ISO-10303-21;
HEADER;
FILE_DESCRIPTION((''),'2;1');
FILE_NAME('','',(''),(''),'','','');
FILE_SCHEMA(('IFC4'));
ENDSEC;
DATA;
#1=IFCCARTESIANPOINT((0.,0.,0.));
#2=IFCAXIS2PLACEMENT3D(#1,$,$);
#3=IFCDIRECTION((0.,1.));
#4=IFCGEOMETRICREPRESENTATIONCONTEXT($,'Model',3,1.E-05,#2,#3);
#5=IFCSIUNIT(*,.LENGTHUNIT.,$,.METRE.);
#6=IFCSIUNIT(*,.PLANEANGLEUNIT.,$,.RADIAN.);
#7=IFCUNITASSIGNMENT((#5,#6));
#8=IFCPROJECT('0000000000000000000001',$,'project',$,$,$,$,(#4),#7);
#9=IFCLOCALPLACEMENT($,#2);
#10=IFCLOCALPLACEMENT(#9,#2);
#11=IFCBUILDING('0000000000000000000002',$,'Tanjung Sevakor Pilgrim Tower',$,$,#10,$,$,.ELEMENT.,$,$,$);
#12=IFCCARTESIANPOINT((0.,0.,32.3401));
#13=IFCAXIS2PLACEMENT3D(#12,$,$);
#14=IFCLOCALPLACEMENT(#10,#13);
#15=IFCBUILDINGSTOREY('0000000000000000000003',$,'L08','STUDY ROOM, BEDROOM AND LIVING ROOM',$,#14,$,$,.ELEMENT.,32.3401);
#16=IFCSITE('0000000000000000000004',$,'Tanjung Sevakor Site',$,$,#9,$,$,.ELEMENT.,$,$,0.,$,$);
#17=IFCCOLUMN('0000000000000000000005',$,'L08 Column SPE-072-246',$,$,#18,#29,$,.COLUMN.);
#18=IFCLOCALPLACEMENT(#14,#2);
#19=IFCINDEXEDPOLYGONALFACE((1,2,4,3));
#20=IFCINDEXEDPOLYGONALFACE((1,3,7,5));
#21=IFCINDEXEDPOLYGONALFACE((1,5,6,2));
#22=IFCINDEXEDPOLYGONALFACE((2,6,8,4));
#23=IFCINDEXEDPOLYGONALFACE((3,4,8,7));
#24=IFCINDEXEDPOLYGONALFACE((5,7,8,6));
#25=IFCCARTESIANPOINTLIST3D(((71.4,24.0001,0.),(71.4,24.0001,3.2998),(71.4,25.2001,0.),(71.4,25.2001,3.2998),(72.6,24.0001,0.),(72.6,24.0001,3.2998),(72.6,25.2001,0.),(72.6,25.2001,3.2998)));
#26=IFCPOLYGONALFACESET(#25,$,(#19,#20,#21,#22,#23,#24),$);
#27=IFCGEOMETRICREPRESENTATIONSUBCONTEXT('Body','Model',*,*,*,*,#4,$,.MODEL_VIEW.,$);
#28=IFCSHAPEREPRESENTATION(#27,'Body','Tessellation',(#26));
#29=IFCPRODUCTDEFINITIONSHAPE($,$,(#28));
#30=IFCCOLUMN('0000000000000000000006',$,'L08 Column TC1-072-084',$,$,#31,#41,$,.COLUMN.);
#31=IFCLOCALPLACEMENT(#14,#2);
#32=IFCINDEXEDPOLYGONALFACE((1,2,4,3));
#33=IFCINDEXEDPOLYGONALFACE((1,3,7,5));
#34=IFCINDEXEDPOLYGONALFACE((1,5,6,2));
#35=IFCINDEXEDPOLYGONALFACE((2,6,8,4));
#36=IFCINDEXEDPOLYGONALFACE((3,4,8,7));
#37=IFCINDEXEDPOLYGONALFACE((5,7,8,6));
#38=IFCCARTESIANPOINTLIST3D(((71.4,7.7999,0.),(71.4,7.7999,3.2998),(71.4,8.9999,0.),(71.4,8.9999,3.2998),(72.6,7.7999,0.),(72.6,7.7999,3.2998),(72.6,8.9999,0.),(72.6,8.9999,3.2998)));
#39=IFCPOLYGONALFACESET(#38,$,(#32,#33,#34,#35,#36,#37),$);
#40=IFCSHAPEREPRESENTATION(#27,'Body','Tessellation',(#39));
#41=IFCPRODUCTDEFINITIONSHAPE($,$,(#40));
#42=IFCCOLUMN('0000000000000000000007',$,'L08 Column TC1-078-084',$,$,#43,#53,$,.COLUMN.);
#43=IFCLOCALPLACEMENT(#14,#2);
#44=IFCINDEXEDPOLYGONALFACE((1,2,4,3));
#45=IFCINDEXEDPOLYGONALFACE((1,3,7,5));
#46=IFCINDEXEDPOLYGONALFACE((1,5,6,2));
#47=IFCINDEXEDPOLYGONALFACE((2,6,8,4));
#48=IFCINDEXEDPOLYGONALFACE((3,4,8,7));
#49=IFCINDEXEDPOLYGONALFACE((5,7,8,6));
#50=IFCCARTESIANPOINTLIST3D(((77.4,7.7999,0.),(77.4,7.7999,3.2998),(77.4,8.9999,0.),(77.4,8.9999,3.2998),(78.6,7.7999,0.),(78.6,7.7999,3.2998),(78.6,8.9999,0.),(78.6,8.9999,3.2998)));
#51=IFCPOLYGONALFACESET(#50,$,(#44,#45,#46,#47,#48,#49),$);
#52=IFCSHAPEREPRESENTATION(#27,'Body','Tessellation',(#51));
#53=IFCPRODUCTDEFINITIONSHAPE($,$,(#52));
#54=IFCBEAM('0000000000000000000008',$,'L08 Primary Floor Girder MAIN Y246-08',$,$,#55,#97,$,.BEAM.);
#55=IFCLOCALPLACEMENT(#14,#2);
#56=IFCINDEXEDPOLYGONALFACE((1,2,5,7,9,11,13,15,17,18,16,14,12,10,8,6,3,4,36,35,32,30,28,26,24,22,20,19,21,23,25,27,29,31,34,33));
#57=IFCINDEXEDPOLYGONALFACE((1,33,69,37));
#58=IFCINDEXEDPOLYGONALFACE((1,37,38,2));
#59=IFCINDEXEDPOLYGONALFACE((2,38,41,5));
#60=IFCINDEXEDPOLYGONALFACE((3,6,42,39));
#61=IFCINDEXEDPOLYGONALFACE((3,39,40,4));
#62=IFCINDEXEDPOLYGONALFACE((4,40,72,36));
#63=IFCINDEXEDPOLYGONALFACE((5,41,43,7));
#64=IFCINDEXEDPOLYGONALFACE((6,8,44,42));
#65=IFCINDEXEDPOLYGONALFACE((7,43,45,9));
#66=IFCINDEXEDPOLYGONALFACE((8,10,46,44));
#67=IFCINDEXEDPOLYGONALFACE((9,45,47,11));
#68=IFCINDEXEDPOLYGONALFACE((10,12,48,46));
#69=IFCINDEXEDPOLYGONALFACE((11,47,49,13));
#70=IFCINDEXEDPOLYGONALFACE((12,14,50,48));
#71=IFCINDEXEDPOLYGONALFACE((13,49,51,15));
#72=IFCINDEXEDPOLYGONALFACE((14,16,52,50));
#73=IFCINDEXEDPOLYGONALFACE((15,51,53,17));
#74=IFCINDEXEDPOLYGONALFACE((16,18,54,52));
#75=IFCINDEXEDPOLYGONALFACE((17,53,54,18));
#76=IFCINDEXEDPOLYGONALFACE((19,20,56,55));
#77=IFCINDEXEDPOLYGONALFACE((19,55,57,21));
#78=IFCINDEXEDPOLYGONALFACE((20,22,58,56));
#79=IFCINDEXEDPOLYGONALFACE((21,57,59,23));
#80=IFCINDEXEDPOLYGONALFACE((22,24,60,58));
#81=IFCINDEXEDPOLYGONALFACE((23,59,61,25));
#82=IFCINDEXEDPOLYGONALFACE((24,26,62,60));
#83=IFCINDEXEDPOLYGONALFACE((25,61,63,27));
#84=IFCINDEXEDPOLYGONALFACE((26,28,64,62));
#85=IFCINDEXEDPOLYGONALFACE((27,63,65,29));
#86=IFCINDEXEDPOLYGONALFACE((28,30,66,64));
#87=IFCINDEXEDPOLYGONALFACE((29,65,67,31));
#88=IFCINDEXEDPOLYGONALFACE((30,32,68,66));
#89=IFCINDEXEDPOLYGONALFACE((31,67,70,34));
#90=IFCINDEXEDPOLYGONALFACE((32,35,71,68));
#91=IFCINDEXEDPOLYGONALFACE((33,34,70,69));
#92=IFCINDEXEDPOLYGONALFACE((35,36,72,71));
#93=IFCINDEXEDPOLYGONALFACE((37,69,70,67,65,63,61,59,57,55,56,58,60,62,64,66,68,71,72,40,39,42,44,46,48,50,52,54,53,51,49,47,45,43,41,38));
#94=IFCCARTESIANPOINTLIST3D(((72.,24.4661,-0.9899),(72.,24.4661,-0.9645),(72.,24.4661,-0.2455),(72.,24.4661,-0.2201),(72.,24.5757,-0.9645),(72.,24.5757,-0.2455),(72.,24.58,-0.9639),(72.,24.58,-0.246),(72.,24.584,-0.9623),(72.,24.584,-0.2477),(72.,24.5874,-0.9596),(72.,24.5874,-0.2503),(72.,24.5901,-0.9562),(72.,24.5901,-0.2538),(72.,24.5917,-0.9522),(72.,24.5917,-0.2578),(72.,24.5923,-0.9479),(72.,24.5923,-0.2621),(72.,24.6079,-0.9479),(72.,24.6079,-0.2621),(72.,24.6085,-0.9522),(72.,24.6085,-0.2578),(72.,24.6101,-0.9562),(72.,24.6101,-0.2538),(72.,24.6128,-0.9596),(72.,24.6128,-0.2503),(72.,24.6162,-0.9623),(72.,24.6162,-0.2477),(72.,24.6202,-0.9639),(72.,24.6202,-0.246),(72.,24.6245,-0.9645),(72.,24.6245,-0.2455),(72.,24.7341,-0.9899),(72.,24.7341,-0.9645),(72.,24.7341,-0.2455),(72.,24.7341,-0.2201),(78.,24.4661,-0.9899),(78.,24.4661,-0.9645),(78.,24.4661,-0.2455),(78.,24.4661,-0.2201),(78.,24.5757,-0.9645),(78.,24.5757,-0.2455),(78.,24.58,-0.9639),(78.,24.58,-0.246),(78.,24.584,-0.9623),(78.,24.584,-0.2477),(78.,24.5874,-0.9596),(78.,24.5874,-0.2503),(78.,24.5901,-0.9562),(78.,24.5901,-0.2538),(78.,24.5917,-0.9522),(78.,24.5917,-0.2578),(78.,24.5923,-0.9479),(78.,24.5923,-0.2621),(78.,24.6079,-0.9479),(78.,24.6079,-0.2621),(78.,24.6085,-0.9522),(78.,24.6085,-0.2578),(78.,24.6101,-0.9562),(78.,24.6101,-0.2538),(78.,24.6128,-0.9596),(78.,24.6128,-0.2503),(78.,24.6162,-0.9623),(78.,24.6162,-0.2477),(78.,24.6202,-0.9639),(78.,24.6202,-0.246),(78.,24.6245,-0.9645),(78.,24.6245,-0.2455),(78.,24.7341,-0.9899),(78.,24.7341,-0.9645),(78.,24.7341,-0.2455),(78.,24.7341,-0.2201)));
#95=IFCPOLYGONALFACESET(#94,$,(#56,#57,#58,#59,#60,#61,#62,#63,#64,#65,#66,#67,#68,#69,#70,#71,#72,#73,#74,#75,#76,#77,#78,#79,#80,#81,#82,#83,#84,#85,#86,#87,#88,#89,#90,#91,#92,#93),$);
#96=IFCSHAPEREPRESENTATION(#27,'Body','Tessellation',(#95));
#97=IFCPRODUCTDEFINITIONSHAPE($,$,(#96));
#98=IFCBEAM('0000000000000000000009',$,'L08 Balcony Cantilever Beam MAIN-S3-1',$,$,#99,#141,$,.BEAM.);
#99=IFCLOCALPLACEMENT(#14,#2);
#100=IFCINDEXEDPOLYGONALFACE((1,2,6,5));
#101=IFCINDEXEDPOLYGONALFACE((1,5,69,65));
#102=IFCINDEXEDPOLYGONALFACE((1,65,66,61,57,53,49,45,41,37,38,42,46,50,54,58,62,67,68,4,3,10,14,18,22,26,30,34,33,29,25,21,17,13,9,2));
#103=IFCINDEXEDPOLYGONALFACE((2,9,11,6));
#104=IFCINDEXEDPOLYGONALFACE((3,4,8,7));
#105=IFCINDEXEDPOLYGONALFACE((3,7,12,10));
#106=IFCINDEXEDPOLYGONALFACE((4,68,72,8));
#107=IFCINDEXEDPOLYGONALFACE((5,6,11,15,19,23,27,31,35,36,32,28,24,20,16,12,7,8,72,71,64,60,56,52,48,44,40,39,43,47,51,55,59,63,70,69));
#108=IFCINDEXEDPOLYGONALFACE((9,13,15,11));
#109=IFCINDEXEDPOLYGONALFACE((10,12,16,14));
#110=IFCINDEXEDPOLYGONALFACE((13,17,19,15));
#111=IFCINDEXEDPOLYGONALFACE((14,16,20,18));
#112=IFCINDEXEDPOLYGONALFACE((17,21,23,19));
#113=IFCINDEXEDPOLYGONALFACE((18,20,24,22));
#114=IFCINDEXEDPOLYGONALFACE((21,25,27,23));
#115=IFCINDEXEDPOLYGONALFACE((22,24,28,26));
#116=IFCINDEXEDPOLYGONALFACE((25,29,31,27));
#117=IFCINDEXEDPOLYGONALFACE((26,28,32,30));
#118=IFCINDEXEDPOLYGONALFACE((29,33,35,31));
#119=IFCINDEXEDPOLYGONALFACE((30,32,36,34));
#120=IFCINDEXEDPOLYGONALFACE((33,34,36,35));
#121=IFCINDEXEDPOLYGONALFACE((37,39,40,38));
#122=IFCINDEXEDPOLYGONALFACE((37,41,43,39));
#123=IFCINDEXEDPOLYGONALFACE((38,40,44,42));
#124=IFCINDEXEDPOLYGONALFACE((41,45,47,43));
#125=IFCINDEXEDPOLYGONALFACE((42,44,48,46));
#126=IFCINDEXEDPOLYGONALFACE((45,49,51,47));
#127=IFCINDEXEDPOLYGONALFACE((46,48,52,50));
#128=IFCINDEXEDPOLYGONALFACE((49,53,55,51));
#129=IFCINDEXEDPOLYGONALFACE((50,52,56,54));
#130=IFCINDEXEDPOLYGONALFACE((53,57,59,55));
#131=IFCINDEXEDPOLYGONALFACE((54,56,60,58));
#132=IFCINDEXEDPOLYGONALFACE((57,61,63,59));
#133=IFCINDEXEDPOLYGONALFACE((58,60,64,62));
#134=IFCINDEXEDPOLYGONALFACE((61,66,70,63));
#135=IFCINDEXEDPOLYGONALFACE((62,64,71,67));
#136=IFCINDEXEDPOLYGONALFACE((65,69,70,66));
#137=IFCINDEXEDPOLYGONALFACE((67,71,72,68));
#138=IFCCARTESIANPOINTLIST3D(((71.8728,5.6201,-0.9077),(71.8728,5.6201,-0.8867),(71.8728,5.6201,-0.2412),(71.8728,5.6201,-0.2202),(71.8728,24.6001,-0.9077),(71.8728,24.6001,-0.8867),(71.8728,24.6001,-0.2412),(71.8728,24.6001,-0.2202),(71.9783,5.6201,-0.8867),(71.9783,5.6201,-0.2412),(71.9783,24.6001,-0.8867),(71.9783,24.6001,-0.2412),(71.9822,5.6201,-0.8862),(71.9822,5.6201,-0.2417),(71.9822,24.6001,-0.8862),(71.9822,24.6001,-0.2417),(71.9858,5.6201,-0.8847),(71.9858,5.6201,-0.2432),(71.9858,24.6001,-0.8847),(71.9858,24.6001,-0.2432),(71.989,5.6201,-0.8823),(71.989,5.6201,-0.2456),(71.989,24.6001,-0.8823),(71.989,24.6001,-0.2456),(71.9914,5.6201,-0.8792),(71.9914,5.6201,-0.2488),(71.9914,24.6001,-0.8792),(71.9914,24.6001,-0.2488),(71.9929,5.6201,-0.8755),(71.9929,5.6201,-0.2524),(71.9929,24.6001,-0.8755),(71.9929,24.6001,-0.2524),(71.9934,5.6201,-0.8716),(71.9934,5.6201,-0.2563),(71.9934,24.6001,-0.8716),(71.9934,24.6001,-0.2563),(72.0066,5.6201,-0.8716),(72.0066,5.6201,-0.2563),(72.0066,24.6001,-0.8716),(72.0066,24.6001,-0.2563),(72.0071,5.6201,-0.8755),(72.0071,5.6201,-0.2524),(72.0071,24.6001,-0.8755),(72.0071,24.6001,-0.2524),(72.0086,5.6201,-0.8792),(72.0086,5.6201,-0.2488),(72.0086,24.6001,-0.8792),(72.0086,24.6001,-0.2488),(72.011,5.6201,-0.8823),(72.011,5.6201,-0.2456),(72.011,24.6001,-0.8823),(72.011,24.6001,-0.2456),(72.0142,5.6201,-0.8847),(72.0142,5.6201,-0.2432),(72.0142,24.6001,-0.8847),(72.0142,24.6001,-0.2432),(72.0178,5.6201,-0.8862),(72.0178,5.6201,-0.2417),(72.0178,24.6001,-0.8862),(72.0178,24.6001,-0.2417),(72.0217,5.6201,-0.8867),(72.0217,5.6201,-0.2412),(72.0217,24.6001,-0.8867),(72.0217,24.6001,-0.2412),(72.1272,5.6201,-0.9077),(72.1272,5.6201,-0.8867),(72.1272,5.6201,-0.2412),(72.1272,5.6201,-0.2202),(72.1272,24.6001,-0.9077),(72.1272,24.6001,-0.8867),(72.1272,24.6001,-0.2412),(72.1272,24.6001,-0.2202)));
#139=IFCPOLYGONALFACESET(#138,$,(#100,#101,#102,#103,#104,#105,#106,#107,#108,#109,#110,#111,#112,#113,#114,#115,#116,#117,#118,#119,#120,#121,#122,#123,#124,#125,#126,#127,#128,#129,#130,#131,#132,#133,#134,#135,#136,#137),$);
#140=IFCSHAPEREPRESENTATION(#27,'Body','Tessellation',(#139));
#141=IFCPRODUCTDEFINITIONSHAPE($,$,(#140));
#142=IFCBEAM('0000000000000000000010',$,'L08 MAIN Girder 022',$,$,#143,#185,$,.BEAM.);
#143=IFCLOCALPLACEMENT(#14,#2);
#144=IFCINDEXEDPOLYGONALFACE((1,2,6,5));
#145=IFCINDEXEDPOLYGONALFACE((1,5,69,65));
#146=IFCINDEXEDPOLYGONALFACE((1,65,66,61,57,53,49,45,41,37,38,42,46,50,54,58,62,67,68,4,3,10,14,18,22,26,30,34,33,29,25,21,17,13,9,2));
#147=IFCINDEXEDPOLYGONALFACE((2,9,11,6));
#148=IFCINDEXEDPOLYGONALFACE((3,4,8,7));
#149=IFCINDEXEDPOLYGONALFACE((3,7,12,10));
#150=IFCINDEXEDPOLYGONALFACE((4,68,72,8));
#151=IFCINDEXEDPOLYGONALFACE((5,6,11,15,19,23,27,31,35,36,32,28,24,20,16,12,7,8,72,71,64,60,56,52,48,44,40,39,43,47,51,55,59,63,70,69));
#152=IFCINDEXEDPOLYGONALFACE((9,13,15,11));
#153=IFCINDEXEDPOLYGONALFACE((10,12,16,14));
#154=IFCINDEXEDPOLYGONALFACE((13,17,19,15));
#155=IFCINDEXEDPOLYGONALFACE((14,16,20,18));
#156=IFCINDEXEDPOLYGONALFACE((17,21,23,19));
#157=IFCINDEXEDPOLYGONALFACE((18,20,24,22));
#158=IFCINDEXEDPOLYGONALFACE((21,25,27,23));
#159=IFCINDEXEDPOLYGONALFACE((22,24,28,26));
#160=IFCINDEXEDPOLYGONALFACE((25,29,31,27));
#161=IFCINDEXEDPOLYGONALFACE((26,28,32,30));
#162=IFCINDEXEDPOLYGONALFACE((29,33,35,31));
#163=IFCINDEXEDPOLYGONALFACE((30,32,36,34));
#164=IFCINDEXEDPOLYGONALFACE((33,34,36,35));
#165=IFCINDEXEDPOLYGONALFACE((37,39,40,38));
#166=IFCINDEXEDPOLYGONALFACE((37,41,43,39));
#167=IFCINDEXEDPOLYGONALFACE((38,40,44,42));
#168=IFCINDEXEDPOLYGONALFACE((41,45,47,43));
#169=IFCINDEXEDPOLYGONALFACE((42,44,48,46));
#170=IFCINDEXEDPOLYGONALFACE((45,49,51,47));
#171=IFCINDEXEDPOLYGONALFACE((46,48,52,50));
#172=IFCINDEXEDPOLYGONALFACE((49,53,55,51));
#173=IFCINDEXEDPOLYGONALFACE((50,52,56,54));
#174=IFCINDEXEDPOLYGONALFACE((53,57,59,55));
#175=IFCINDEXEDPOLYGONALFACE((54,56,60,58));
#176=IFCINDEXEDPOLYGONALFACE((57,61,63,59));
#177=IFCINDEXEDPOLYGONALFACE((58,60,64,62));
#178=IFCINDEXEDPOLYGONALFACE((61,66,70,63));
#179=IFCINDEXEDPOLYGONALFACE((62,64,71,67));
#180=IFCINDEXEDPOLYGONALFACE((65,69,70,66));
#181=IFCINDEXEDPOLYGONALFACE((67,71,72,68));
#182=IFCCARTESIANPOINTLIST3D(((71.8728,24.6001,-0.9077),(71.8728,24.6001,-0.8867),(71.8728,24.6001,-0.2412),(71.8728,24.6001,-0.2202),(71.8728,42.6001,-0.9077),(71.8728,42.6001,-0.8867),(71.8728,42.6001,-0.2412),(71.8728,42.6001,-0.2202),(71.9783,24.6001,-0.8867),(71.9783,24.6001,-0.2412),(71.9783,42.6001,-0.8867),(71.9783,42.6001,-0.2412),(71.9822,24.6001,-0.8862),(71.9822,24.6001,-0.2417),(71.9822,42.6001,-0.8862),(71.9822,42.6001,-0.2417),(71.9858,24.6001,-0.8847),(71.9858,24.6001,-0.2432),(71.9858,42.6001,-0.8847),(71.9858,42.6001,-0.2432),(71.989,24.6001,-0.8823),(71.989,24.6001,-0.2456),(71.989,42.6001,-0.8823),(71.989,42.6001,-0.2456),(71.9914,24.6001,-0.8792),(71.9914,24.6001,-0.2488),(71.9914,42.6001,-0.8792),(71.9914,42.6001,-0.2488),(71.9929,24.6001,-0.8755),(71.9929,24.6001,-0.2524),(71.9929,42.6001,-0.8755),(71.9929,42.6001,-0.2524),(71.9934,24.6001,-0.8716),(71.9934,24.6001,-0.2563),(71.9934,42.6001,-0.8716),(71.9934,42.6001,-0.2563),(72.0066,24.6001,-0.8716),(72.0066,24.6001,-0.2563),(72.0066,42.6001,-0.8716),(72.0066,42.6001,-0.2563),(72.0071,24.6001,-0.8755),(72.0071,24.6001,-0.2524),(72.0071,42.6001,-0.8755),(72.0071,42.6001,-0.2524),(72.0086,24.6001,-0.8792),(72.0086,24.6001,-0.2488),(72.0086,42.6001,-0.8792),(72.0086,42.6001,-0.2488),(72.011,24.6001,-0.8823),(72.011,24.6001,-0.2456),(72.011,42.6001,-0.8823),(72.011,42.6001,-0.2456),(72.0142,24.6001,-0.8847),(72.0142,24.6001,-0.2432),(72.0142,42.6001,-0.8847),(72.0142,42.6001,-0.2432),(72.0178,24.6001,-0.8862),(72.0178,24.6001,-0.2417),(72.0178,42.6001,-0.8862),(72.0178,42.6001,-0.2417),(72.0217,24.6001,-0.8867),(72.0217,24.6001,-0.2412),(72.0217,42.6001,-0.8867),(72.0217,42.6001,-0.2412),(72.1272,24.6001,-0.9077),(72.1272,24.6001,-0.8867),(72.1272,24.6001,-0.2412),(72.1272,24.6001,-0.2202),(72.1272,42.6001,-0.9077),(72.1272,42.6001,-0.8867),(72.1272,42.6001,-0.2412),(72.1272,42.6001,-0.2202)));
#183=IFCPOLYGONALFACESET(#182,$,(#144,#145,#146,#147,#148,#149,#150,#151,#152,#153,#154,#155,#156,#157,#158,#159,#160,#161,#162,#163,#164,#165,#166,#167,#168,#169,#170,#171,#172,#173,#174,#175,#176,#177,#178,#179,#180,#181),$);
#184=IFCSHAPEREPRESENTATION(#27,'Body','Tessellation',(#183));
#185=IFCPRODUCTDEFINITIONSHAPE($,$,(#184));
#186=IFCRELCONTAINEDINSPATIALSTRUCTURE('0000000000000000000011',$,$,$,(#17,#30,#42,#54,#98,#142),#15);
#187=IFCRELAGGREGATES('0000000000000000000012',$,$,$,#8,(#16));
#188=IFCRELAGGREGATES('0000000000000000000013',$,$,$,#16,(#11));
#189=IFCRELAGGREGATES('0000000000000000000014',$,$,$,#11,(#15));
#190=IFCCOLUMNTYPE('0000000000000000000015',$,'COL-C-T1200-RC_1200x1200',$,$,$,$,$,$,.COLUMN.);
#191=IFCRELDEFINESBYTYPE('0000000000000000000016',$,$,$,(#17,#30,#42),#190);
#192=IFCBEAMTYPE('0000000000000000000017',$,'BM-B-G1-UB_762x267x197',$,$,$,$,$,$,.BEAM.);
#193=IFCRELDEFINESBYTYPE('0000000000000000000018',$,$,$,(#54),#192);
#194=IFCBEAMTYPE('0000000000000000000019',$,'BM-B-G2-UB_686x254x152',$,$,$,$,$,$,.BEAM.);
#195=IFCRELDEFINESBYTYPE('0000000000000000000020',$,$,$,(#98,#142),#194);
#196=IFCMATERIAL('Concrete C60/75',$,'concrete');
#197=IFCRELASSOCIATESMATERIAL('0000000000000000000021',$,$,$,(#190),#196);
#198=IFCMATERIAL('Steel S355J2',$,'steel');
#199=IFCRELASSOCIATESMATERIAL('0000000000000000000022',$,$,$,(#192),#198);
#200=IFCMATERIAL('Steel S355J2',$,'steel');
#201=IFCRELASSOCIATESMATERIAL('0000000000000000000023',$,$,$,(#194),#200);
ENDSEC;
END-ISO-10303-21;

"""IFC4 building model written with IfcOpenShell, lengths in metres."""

from ifc_helpers import new_model, si_unit, direction, frame, origin, origin_2d, place, context, subcontext, project, spatial, rectangle, i_section, extrude, material, material_profile, profile_set, type_object, element, save


model = new_model("IFC4")

# Units and contexts
model_context = context("Model", 3, precision=1e-05, world=origin(), true_north=direction((0.0, 1.0)))
body_context = subcontext(model_context, "Body", "Model", "MODEL_VIEW")
ifc_project = project(units=[si_unit("LENGTHUNIT", "METRE"), si_unit("PLANEANGLEUNIT", "RADIAN")], contexts=[model_context])

# Site, building, storey
site_placement = place(None, origin())
site = spatial("IfcSite", under=ifc_project, at=site_placement, Name="Tanjung Sevakor Site", CompositionType="ELEMENT", RefElevation=0.0)
building_placement = place(site_placement, origin())
building = spatial("IfcBuilding", under=site, at=building_placement, Name="Tanjung Sevakor Pilgrim Tower", CompositionType="ELEMENT")
storey_placement = place(building_placement, frame((0.0, 0.0, 32.3401)))
storey = spatial("IfcBuildingStorey", under=building, at=storey_placement, Name="L08", Description="STUDY ROOM, BEDROOM AND LIVING ROOM", CompositionType="ELEMENT", Elevation=32.3401)

# Columns
ifc_material_1 = material(Name="Concrete C60/75", Category="concrete")
ifc_material_profile_1 = material_profile(ifc_material_1, rectangle(XDim=1.2, YDim=1.2, at=origin_2d()))
ifc_profile_set_1 = profile_set([ifc_material_profile_1], Name="Concrete C60/75")
column_type = type_object("IfcColumnType", Name="COL-C-T1200-RC_1200x1200", PredefinedType="COLUMN", material=ifc_profile_set_1)
for number, where, z_axis, x_axis, name in (
    (1, (72.0, 24.6001, 0.0), (0.0, 0.0, 1.0), (1.0, 0.0, 0.0), "L08 Column SPE-072-246"),
    (2, (72.0, 8.3999, 0.0), (0.0, 0.0, 1.0), (1.0, 0.0, 0.0), "L08 Column TC1-072-084"),
    (3, (78.0, 8.3999, 0.0), (0.0, 0.0, 1.0), (1.0, 0.0, 0.0), "L08 Column TC1-078-084"),
):
    element("IfcColumn", number, at=place(storey_placement, frame(where, z_axis=z_axis, x_axis=x_axis)), inside=storey, type_object=column_type, Name=name, PredefinedType="COLUMN", context=body_context, shape_type="SweptSolid", body=[
        extrude(rectangle(XDim=1.2, YDim=1.2, at=origin_2d()), origin(), (0.0, 0.0, 1.0), 3.2998),
    ])

# Beams
ifc_material_2 = material(Name="Steel S355J2", Category="steel")
ifc_material_profile_2 = material_profile(ifc_material_2, i_section(OverallWidth=0.2681, OverallDepth=0.7698, WebThickness=0.0156, FlangeThickness=0.0254, FilletRadius=0.0166, at=origin_2d()))
ifc_profile_set_2 = profile_set([ifc_material_profile_2], Name="Steel S355J2")
beam_type_1 = type_object("IfcBeamType", Name="BM-B-G1-UB_762x267x197", PredefinedType="BEAM", material=ifc_profile_set_2)
beam_1_placement = place(storey_placement, frame((72.0, 24.6001, -0.605), z_axis=(1.0, 0.0, 0.0), x_axis=(0.0, 1.0, 0.0)))
element("IfcBeam", 4, at=beam_1_placement, inside=storey, type_object=beam_type_1, Name="L08 Primary Floor Girder MAIN Y246-08", PredefinedType="BEAM", context=body_context, shape_type="SweptSolid", body=[
    extrude(i_section(OverallWidth=0.2681, OverallDepth=0.7698, WebThickness=0.0156, FlangeThickness=0.0254, FilletRadius=0.0166, at=origin_2d()), origin(), (0.0, 0.0, 1.0), 6.0),
])
ifc_material_3 = material(Name="Steel S355J2", Category="steel")
ifc_material_profile_3 = material_profile(ifc_material_3, i_section(OverallWidth=0.2544, OverallDepth=0.6875, WebThickness=0.0132, FlangeThickness=0.021, FilletRadius=0.0151, at=origin_2d()))
ifc_profile_set_3 = profile_set([ifc_material_profile_3], Name="Steel S355J2")
beam_type_2 = type_object("IfcBeamType", Name="BM-B-G2-UB_686x254x152", PredefinedType="BEAM", material=ifc_profile_set_3)
beam_2_placement = place(storey_placement, frame((72.0, 24.6001, -0.564), z_axis=(0.0, -1.0, 0.0), x_axis=(1.0, 0.0, 0.0)))
element("IfcBeam", 5, at=beam_2_placement, inside=storey, type_object=beam_type_2, Name="L08 Balcony Cantilever Beam MAIN-S3-1", PredefinedType="BEAM", context=body_context, shape_type="SweptSolid", body=[
    extrude(i_section(OverallWidth=0.2544, OverallDepth=0.6875, WebThickness=0.0132, FlangeThickness=0.021, FilletRadius=0.0151, at=origin_2d()), origin(), (0.0, 0.0, 1.0), 18.98),
])
beam_3_placement = place(storey_placement, frame((72.0, 24.6001, -0.564), z_axis=(0.0, 1.0, 0.0), x_axis=(-1.0, 0.0, 0.0)))
element("IfcBeam", 6, at=beam_3_placement, inside=storey, type_object=beam_type_2, Name="L08 MAIN Girder 022", PredefinedType="BEAM", context=body_context, shape_type="SweptSolid", body=[
    extrude(i_section(OverallWidth=0.2544, OverallDepth=0.6875, WebThickness=0.0132, FlangeThickness=0.021, FilletRadius=0.0151, at=origin_2d()), origin(), (0.0, 0.0, 1.0), 18.0),
])

save(model, "model.ifc")
